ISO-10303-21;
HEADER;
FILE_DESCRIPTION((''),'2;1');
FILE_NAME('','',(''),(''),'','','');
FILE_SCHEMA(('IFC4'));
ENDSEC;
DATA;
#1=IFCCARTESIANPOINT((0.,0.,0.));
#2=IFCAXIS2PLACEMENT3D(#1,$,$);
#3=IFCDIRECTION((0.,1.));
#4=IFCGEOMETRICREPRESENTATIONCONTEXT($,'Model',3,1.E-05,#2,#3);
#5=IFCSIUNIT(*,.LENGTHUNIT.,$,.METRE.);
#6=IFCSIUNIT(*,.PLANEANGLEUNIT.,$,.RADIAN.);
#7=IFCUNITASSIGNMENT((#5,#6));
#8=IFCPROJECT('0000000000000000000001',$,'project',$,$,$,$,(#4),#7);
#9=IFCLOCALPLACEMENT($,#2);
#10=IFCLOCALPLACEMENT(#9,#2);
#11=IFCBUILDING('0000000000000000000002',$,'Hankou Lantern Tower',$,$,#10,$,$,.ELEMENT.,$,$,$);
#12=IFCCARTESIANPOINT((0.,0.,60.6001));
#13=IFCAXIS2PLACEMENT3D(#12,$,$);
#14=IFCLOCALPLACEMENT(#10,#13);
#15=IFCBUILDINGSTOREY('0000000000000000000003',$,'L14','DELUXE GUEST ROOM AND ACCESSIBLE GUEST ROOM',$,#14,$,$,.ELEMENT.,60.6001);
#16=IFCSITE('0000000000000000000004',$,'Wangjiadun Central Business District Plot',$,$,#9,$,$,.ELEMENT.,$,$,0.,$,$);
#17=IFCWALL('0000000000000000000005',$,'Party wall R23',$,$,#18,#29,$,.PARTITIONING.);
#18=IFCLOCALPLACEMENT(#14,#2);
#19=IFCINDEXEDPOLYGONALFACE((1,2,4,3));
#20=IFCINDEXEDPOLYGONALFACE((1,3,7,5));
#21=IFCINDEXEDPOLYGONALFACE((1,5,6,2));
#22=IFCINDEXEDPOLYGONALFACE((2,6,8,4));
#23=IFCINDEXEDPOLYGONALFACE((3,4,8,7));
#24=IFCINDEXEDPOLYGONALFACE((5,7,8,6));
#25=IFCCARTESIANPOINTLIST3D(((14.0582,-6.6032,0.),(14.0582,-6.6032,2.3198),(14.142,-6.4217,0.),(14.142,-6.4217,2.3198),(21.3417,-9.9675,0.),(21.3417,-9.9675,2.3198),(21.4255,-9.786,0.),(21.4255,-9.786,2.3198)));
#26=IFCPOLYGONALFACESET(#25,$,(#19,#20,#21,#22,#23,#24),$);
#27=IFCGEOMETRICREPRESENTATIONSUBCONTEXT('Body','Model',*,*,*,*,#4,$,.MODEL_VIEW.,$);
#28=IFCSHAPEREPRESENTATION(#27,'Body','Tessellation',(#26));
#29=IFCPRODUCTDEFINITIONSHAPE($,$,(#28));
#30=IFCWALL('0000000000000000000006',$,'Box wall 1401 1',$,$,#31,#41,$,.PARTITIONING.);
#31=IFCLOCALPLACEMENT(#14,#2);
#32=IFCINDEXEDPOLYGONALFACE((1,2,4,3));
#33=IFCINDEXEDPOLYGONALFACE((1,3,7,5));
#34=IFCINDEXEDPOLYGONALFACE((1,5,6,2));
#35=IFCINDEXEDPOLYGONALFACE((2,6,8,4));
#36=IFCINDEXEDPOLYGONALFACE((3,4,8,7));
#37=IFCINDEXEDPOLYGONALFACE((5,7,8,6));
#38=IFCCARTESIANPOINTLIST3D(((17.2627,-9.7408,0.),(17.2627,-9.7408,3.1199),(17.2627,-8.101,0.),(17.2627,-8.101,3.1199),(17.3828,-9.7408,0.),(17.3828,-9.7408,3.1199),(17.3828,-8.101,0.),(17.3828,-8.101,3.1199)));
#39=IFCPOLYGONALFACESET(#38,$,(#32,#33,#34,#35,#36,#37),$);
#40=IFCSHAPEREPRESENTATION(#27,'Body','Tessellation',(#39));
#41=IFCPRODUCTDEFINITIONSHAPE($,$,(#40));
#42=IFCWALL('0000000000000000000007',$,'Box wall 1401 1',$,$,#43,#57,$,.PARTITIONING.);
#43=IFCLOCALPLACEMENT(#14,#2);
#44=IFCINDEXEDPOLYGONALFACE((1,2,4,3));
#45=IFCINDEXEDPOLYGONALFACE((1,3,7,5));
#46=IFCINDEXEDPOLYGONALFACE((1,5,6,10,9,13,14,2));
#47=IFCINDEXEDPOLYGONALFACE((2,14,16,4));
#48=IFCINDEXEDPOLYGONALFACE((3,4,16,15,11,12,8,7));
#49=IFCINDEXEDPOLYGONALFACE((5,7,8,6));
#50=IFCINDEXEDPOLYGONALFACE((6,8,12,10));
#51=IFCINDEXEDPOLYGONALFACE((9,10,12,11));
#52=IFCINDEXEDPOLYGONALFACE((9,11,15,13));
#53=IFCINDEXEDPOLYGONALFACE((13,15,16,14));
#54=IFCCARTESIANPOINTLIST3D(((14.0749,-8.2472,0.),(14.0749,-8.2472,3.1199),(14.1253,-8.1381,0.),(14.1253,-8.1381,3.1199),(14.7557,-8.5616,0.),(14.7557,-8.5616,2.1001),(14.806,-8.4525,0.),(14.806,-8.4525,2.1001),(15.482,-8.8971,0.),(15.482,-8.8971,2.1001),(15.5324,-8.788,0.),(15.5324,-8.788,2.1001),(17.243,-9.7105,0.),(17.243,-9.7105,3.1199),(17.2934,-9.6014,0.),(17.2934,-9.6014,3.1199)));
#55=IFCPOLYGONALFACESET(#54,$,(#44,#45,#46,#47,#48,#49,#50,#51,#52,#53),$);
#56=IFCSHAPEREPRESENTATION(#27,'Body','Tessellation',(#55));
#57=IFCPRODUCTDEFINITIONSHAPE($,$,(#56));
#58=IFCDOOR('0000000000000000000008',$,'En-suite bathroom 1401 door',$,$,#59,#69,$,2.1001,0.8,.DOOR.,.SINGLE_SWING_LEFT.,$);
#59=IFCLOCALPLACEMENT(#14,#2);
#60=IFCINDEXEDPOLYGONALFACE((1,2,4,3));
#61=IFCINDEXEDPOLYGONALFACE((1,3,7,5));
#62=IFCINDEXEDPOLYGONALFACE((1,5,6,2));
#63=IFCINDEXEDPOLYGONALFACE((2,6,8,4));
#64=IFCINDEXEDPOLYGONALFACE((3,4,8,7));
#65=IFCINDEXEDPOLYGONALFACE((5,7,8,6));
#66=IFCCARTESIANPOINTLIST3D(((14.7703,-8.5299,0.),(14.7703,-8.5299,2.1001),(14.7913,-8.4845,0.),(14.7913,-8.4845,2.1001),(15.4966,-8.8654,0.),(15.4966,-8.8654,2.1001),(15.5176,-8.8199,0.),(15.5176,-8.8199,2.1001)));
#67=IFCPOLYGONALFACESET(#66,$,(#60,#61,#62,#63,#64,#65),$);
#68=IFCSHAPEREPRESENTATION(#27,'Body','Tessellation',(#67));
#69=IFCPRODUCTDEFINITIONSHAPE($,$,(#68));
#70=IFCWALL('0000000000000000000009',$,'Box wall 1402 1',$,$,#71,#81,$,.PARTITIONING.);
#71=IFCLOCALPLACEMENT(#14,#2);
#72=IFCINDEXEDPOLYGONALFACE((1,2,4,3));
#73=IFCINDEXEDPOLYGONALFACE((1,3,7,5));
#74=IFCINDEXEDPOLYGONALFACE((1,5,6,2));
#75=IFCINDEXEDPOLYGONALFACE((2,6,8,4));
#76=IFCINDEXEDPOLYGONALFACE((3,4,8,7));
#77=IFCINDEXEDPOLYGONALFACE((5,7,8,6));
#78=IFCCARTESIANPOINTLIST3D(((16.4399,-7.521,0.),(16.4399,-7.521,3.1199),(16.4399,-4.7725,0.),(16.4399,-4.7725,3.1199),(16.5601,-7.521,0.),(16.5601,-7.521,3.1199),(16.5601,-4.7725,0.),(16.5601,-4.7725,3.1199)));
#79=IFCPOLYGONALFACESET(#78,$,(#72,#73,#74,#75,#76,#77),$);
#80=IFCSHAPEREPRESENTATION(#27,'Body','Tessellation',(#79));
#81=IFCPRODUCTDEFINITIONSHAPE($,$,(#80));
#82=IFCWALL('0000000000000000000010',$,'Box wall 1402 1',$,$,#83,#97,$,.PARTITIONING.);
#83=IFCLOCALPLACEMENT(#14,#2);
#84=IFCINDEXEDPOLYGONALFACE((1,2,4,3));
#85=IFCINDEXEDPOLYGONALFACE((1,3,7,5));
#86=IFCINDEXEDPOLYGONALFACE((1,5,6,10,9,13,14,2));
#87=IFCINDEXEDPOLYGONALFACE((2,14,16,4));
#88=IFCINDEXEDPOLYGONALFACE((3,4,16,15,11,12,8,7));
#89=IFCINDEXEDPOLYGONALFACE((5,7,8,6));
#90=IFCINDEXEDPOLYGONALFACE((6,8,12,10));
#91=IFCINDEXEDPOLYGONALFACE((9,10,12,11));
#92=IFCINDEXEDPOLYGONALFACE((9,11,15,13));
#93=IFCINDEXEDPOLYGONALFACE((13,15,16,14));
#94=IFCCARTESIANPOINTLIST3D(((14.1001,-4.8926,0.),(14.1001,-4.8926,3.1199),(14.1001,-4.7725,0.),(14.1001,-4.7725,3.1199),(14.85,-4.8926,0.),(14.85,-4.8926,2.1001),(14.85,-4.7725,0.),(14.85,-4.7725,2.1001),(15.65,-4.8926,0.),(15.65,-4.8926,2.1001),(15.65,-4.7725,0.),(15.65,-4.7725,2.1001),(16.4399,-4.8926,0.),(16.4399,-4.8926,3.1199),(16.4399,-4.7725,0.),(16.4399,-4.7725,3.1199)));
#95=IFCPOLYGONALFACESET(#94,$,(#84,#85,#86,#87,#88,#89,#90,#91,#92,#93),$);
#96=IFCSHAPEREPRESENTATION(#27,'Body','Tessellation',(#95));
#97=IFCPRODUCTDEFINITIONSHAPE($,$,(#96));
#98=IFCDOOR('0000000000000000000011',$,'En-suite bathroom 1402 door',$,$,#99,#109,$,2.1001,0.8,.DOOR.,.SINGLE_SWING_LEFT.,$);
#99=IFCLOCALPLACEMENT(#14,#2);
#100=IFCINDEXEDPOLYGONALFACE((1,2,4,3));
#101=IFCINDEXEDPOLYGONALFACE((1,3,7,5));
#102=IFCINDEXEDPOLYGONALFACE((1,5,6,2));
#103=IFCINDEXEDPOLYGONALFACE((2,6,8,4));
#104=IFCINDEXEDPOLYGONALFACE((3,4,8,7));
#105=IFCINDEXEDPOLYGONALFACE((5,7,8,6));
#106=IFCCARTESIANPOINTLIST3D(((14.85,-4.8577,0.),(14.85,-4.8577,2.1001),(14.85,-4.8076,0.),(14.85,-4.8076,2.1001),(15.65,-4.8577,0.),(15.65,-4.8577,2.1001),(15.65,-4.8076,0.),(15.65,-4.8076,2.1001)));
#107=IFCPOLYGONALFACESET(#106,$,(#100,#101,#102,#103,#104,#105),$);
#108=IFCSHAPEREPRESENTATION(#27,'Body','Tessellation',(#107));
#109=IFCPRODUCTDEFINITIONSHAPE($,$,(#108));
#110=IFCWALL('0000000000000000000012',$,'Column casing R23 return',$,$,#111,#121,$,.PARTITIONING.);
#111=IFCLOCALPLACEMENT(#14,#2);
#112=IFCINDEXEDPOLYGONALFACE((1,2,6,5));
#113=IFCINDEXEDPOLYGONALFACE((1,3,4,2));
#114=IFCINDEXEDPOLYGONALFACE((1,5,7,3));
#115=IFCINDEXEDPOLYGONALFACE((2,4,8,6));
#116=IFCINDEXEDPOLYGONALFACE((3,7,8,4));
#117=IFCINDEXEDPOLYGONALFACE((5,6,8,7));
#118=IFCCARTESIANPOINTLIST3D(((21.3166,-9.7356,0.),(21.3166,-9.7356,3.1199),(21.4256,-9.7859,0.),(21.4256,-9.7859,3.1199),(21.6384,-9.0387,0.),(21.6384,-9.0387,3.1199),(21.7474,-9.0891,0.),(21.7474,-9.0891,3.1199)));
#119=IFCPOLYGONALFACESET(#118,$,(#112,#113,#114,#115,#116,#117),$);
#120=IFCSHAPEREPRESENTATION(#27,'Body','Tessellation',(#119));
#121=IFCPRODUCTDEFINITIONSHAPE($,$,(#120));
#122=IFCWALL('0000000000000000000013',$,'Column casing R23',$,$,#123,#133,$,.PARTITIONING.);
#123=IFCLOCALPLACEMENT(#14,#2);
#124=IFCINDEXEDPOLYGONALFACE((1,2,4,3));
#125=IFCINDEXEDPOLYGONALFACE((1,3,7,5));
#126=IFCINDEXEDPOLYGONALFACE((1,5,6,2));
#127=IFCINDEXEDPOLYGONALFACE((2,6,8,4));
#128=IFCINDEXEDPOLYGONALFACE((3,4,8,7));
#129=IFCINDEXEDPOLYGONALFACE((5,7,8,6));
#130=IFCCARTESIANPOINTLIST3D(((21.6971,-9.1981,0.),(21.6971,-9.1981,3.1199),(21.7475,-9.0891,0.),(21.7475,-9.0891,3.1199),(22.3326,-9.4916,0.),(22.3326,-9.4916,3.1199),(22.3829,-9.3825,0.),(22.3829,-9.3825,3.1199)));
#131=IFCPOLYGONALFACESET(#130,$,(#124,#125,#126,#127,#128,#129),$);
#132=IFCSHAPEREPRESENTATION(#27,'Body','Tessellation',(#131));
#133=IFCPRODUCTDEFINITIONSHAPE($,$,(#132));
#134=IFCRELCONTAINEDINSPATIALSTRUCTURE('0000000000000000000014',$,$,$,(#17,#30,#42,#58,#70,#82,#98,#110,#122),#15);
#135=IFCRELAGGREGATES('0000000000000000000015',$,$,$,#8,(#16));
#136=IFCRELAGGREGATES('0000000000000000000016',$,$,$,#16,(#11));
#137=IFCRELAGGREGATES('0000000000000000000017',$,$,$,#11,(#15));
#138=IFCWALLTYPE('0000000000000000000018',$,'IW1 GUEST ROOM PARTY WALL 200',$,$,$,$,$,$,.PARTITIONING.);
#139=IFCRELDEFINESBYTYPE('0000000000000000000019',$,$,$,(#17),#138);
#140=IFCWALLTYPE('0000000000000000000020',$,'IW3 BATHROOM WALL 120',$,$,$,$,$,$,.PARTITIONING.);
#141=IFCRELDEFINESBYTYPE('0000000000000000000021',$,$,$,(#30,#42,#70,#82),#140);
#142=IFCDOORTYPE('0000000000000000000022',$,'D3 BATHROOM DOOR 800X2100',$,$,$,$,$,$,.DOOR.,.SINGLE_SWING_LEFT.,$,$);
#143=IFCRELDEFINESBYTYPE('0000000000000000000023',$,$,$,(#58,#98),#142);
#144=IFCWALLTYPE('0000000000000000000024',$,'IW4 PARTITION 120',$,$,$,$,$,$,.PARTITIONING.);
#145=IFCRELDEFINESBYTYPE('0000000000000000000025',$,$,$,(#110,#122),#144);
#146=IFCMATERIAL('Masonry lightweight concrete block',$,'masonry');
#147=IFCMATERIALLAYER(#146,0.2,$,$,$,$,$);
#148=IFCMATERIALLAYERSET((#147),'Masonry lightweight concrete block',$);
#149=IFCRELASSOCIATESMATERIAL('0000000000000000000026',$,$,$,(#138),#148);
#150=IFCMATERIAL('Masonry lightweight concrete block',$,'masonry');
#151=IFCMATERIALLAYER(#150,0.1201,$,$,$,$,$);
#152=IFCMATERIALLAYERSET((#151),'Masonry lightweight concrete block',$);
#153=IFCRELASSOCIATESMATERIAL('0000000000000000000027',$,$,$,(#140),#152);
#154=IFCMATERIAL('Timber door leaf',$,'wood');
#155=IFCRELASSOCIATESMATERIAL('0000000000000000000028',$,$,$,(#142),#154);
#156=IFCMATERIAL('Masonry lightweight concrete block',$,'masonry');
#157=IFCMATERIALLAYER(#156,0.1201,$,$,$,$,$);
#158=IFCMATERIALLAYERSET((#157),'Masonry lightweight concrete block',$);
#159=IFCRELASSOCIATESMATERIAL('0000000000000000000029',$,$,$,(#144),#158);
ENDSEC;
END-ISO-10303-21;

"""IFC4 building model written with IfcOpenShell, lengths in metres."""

from ifc_helpers import new_model, si_unit, direction, frame, frame_2d, origin, place, context, subcontext, project, spatial, rectangle, extrude, material, layer, layer_set, type_object, element, fill, save


model = new_model("IFC4")

# Units and contexts
model_context = context("Model", 3, precision=1e-05, world=origin(), true_north=direction((0.0, 1.0)))
body_context = subcontext(model_context, "Body", "Model", "MODEL_VIEW")
ifc_project = project(units=[si_unit("LENGTHUNIT", "METRE"), si_unit("PLANEANGLEUNIT", "RADIAN")], contexts=[model_context])

# Site, building, storey
site_placement = place(None, origin())
site = spatial("IfcSite", under=ifc_project, at=site_placement, Name="Wangjiadun Central Business District Plot", CompositionType="ELEMENT", RefElevation=0.0)
building_placement = place(site_placement, origin())
building = spatial("IfcBuilding", under=site, at=building_placement, Name="Hankou Lantern Tower", CompositionType="ELEMENT")
storey_placement = place(building_placement, frame((0.0, 0.0, 60.6001)))
storey = spatial("IfcBuildingStorey", under=building, at=storey_placement, Name="L14", Description="DELUXE GUEST ROOM AND ACCESSIBLE GUEST ROOM", CompositionType="ELEMENT", Elevation=60.6001)

# Walls
ifc_material_1 = material(Name="Masonry lightweight concrete block", Category="masonry")
ifc_layer_1 = layer(ifc_material_1, 0.2)
ifc_layer_set_1 = layer_set([ifc_layer_1], Name="Masonry lightweight concrete block")
wall_type_1 = type_object("IfcWallType", Name="IW1 GUEST ROOM PARTY WALL 200", PredefinedType="PARTITIONING", material=ifc_layer_set_1)
wall_1_placement = place(storey_placement, frame((14.1001, -6.5125, 0.0), z_axis=(0.0, 0.0, 1.0), x_axis=(0.907833, -0.419332, 0.0)))
element("IfcWall", 1, at=wall_1_placement, inside=storey, type_object=wall_type_1, Name="Party wall R23", PredefinedType="PARTITIONING", context=body_context, shape_type="SweptSolid", body=[
    extrude(rectangle(XDim=8.0229, YDim=0.2, at=frame_2d((4.0115, 0.0))), origin(), (0.0, 0.0, 1.0), 2.3198),
])
ifc_material_2 = material(Name="Masonry lightweight concrete block", Category="masonry")
ifc_layer_2 = layer(ifc_material_2, 0.1201)
ifc_layer_set_2 = layer_set([ifc_layer_2], Name="Masonry lightweight concrete block")
wall_type_2 = type_object("IfcWallType", Name="IW3 BATHROOM WALL 120", PredefinedType="PARTITIONING", material=ifc_layer_set_2)
wall_2_placement = place(storey_placement, frame((17.3228, -8.1011, 0.0), z_axis=(0.0, 0.0, 1.0), x_axis=(0.0, -1.0, 0.0)))
element("IfcWall", 2, at=wall_2_placement, inside=storey, type_object=wall_type_2, Name="Box wall 1401 1", PredefinedType="PARTITIONING", context=body_context, shape_type="SweptSolid", body=[
    extrude(rectangle(XDim=1.6399, YDim=0.1201, at=frame_2d((0.8198, 0.0))), origin(), (0.0, 0.0, 1.0), 3.1199),
])

# Wall, opening, door
wall_3_placement = place(storey_placement, frame((14.1001, -8.1926, 0.0), z_axis=(0.0, 0.0, 1.0), x_axis=(0.907836, -0.419324, 0.0)))
wall_3 = element("IfcWall", 3, at=wall_3_placement, inside=storey, type_object=wall_type_2, Name="Box wall 1401 1", PredefinedType="PARTITIONING", context=body_context, shape_type="SweptSolid", body=[
    extrude(rectangle(XDim=3.4897, YDim=0.1201, at=frame_2d((1.7449, 0.0))), origin(), (0.0, 0.0, 1.0), 3.1199),
])
opening_1_placement = place(wall_3_placement, frame((0.75, 0.0, 0.0)))
opening_1 = element("IfcOpeningElement", 4, at=opening_1_placement, cuts=wall_3, PredefinedType="OPENING", context=body_context, shape_type="SweptSolid", body=[
    extrude(rectangle(XDim=0.8, YDim=2.1001, at=frame_2d((0.3999, 1.05))), frame((0.0, 0.0701, 0.0), z_axis=(0.0, -1.0, 0.0), x_axis=(1.0, 0.0, 0.0)), (0.0, 0.0, 1.0), 0.1401),
])
ifc_material_3 = material(Name="Timber door leaf", Category="wood")
door_type = type_object("IfcDoorType", Name="D3 BATHROOM DOOR 800X2100", OperationType="SINGLE_SWING_LEFT", PredefinedType="DOOR", material=ifc_material_3)
door_1_placement = place(opening_1_placement, origin())
door_1 = element("IfcDoor", 5, at=door_1_placement, inside=storey, type_object=door_type, Name="En-suite bathroom 1401 door", OperationType="SINGLE_SWING_LEFT", OverallHeight=2.1001, OverallWidth=0.8, PredefinedType="DOOR", context=body_context, shape_type="SweptSolid", body=[
    extrude(rectangle(XDim=0.8, YDim=2.1001, at=frame_2d((0.3999, 1.05))), frame((0.0, 0.0249, 0.0), z_axis=(0.0, -1.0, 0.0), x_axis=(1.0, 0.0, 0.0)), (0.0, 0.0, 1.0), 0.05),
])
fill(opening_1, door_1)

# Wall
wall_4_placement = place(storey_placement, frame((16.5, -7.521, 0.0), z_axis=(0.0, 0.0, 1.0), x_axis=(0.0, 1.0, 0.0)))
element("IfcWall", 6, at=wall_4_placement, inside=storey, type_object=wall_type_2, Name="Box wall 1402 1", PredefinedType="PARTITIONING", context=body_context, shape_type="SweptSolid", body=[
    extrude(rectangle(XDim=2.7485, YDim=0.1201, at=frame_2d((1.3743, 0.0))), origin(), (0.0, 0.0, 1.0), 3.1199),
])

# Wall, opening, door
wall_5_placement = place(storey_placement, frame((14.1001, -4.8325, 0.0), z_axis=(0.0, 0.0, 1.0), x_axis=(1.0, 0.0, 0.0)))
wall_5 = element("IfcWall", 7, at=wall_5_placement, inside=storey, type_object=wall_type_2, Name="Box wall 1402 1", PredefinedType="PARTITIONING", context=body_context, shape_type="SweptSolid", body=[
    extrude(rectangle(XDim=2.3398, YDim=0.1201, at=frame_2d((1.1699, 0.0))), origin(), (0.0, 0.0, 1.0), 3.1199),
])
opening_2_placement = place(wall_5_placement, frame((0.75, 0.0, 0.0)))
opening_2 = element("IfcOpeningElement", 8, at=opening_2_placement, cuts=wall_5, PredefinedType="OPENING", context=body_context, shape_type="SweptSolid", body=[
    extrude(rectangle(XDim=0.8, YDim=2.1001, at=frame_2d((0.3999, 1.05))), frame((0.0, 0.0701, 0.0), z_axis=(0.0, -1.0, 0.0), x_axis=(1.0, 0.0, 0.0)), (0.0, 0.0, 1.0), 0.1401),
])
door_2_placement = place(opening_2_placement, origin())
door_2 = element("IfcDoor", 9, at=door_2_placement, inside=storey, type_object=door_type, Name="En-suite bathroom 1402 door", OperationType="SINGLE_SWING_LEFT", OverallHeight=2.1001, OverallWidth=0.8, PredefinedType="DOOR", context=body_context, shape_type="SweptSolid", body=[
    extrude(rectangle(XDim=0.8, YDim=2.1001, at=frame_2d((0.3999, 1.05))), frame((0.0, 0.0249, 0.0), z_axis=(0.0, -1.0, 0.0), x_axis=(1.0, 0.0, 0.0)), (0.0, 0.0, 1.0), 0.05),
])
fill(opening_2, door_2)

# Walls
ifc_material_4 = material(Name="Masonry lightweight concrete block", Category="masonry")
ifc_layer_3 = layer(ifc_material_4, 0.1201)
ifc_layer_set_3 = layer_set([ifc_layer_3], Name="Masonry lightweight concrete block")
wall_type_3 = type_object("IfcWallType", Name="IW4 PARTITION 120", PredefinedType="PARTITIONING", material=ifc_layer_set_3)
wall_6_placement = place(storey_placement, frame((21.3711, -9.7607, 0.0), z_axis=(0.0, 0.0, 1.0), x_axis=(0.41926, 0.907866, 0.0)))
element("IfcWall", 10, at=wall_6_placement, inside=storey, type_object=wall_type_3, Name="Column casing R23 return", PredefinedType="PARTITIONING", context=body_context, shape_type="SweptSolid", body=[
    extrude(rectangle(XDim=0.7676, YDim=0.1201, at=frame_2d((0.3838, 0.0))), origin(), (0.0, 0.0, 1.0), 3.1199),
])
wall_7_placement = place(storey_placement, frame((21.7222, -9.1436, 0.0), z_axis=(0.0, 0.0, 1.0), x_axis=(0.907878, -0.419235, 0.0)))
element("IfcWall", 11, at=wall_7_placement, inside=storey, type_object=wall_type_3, Name="Column casing R23", PredefinedType="PARTITIONING", context=body_context, shape_type="SweptSolid", body=[
    extrude(rectangle(XDim=0.7, YDim=0.1201, at=frame_2d((0.3501, 0.0))), origin(), (0.0, 0.0, 1.0), 3.1199),
])

save(model, "model.ifc")
